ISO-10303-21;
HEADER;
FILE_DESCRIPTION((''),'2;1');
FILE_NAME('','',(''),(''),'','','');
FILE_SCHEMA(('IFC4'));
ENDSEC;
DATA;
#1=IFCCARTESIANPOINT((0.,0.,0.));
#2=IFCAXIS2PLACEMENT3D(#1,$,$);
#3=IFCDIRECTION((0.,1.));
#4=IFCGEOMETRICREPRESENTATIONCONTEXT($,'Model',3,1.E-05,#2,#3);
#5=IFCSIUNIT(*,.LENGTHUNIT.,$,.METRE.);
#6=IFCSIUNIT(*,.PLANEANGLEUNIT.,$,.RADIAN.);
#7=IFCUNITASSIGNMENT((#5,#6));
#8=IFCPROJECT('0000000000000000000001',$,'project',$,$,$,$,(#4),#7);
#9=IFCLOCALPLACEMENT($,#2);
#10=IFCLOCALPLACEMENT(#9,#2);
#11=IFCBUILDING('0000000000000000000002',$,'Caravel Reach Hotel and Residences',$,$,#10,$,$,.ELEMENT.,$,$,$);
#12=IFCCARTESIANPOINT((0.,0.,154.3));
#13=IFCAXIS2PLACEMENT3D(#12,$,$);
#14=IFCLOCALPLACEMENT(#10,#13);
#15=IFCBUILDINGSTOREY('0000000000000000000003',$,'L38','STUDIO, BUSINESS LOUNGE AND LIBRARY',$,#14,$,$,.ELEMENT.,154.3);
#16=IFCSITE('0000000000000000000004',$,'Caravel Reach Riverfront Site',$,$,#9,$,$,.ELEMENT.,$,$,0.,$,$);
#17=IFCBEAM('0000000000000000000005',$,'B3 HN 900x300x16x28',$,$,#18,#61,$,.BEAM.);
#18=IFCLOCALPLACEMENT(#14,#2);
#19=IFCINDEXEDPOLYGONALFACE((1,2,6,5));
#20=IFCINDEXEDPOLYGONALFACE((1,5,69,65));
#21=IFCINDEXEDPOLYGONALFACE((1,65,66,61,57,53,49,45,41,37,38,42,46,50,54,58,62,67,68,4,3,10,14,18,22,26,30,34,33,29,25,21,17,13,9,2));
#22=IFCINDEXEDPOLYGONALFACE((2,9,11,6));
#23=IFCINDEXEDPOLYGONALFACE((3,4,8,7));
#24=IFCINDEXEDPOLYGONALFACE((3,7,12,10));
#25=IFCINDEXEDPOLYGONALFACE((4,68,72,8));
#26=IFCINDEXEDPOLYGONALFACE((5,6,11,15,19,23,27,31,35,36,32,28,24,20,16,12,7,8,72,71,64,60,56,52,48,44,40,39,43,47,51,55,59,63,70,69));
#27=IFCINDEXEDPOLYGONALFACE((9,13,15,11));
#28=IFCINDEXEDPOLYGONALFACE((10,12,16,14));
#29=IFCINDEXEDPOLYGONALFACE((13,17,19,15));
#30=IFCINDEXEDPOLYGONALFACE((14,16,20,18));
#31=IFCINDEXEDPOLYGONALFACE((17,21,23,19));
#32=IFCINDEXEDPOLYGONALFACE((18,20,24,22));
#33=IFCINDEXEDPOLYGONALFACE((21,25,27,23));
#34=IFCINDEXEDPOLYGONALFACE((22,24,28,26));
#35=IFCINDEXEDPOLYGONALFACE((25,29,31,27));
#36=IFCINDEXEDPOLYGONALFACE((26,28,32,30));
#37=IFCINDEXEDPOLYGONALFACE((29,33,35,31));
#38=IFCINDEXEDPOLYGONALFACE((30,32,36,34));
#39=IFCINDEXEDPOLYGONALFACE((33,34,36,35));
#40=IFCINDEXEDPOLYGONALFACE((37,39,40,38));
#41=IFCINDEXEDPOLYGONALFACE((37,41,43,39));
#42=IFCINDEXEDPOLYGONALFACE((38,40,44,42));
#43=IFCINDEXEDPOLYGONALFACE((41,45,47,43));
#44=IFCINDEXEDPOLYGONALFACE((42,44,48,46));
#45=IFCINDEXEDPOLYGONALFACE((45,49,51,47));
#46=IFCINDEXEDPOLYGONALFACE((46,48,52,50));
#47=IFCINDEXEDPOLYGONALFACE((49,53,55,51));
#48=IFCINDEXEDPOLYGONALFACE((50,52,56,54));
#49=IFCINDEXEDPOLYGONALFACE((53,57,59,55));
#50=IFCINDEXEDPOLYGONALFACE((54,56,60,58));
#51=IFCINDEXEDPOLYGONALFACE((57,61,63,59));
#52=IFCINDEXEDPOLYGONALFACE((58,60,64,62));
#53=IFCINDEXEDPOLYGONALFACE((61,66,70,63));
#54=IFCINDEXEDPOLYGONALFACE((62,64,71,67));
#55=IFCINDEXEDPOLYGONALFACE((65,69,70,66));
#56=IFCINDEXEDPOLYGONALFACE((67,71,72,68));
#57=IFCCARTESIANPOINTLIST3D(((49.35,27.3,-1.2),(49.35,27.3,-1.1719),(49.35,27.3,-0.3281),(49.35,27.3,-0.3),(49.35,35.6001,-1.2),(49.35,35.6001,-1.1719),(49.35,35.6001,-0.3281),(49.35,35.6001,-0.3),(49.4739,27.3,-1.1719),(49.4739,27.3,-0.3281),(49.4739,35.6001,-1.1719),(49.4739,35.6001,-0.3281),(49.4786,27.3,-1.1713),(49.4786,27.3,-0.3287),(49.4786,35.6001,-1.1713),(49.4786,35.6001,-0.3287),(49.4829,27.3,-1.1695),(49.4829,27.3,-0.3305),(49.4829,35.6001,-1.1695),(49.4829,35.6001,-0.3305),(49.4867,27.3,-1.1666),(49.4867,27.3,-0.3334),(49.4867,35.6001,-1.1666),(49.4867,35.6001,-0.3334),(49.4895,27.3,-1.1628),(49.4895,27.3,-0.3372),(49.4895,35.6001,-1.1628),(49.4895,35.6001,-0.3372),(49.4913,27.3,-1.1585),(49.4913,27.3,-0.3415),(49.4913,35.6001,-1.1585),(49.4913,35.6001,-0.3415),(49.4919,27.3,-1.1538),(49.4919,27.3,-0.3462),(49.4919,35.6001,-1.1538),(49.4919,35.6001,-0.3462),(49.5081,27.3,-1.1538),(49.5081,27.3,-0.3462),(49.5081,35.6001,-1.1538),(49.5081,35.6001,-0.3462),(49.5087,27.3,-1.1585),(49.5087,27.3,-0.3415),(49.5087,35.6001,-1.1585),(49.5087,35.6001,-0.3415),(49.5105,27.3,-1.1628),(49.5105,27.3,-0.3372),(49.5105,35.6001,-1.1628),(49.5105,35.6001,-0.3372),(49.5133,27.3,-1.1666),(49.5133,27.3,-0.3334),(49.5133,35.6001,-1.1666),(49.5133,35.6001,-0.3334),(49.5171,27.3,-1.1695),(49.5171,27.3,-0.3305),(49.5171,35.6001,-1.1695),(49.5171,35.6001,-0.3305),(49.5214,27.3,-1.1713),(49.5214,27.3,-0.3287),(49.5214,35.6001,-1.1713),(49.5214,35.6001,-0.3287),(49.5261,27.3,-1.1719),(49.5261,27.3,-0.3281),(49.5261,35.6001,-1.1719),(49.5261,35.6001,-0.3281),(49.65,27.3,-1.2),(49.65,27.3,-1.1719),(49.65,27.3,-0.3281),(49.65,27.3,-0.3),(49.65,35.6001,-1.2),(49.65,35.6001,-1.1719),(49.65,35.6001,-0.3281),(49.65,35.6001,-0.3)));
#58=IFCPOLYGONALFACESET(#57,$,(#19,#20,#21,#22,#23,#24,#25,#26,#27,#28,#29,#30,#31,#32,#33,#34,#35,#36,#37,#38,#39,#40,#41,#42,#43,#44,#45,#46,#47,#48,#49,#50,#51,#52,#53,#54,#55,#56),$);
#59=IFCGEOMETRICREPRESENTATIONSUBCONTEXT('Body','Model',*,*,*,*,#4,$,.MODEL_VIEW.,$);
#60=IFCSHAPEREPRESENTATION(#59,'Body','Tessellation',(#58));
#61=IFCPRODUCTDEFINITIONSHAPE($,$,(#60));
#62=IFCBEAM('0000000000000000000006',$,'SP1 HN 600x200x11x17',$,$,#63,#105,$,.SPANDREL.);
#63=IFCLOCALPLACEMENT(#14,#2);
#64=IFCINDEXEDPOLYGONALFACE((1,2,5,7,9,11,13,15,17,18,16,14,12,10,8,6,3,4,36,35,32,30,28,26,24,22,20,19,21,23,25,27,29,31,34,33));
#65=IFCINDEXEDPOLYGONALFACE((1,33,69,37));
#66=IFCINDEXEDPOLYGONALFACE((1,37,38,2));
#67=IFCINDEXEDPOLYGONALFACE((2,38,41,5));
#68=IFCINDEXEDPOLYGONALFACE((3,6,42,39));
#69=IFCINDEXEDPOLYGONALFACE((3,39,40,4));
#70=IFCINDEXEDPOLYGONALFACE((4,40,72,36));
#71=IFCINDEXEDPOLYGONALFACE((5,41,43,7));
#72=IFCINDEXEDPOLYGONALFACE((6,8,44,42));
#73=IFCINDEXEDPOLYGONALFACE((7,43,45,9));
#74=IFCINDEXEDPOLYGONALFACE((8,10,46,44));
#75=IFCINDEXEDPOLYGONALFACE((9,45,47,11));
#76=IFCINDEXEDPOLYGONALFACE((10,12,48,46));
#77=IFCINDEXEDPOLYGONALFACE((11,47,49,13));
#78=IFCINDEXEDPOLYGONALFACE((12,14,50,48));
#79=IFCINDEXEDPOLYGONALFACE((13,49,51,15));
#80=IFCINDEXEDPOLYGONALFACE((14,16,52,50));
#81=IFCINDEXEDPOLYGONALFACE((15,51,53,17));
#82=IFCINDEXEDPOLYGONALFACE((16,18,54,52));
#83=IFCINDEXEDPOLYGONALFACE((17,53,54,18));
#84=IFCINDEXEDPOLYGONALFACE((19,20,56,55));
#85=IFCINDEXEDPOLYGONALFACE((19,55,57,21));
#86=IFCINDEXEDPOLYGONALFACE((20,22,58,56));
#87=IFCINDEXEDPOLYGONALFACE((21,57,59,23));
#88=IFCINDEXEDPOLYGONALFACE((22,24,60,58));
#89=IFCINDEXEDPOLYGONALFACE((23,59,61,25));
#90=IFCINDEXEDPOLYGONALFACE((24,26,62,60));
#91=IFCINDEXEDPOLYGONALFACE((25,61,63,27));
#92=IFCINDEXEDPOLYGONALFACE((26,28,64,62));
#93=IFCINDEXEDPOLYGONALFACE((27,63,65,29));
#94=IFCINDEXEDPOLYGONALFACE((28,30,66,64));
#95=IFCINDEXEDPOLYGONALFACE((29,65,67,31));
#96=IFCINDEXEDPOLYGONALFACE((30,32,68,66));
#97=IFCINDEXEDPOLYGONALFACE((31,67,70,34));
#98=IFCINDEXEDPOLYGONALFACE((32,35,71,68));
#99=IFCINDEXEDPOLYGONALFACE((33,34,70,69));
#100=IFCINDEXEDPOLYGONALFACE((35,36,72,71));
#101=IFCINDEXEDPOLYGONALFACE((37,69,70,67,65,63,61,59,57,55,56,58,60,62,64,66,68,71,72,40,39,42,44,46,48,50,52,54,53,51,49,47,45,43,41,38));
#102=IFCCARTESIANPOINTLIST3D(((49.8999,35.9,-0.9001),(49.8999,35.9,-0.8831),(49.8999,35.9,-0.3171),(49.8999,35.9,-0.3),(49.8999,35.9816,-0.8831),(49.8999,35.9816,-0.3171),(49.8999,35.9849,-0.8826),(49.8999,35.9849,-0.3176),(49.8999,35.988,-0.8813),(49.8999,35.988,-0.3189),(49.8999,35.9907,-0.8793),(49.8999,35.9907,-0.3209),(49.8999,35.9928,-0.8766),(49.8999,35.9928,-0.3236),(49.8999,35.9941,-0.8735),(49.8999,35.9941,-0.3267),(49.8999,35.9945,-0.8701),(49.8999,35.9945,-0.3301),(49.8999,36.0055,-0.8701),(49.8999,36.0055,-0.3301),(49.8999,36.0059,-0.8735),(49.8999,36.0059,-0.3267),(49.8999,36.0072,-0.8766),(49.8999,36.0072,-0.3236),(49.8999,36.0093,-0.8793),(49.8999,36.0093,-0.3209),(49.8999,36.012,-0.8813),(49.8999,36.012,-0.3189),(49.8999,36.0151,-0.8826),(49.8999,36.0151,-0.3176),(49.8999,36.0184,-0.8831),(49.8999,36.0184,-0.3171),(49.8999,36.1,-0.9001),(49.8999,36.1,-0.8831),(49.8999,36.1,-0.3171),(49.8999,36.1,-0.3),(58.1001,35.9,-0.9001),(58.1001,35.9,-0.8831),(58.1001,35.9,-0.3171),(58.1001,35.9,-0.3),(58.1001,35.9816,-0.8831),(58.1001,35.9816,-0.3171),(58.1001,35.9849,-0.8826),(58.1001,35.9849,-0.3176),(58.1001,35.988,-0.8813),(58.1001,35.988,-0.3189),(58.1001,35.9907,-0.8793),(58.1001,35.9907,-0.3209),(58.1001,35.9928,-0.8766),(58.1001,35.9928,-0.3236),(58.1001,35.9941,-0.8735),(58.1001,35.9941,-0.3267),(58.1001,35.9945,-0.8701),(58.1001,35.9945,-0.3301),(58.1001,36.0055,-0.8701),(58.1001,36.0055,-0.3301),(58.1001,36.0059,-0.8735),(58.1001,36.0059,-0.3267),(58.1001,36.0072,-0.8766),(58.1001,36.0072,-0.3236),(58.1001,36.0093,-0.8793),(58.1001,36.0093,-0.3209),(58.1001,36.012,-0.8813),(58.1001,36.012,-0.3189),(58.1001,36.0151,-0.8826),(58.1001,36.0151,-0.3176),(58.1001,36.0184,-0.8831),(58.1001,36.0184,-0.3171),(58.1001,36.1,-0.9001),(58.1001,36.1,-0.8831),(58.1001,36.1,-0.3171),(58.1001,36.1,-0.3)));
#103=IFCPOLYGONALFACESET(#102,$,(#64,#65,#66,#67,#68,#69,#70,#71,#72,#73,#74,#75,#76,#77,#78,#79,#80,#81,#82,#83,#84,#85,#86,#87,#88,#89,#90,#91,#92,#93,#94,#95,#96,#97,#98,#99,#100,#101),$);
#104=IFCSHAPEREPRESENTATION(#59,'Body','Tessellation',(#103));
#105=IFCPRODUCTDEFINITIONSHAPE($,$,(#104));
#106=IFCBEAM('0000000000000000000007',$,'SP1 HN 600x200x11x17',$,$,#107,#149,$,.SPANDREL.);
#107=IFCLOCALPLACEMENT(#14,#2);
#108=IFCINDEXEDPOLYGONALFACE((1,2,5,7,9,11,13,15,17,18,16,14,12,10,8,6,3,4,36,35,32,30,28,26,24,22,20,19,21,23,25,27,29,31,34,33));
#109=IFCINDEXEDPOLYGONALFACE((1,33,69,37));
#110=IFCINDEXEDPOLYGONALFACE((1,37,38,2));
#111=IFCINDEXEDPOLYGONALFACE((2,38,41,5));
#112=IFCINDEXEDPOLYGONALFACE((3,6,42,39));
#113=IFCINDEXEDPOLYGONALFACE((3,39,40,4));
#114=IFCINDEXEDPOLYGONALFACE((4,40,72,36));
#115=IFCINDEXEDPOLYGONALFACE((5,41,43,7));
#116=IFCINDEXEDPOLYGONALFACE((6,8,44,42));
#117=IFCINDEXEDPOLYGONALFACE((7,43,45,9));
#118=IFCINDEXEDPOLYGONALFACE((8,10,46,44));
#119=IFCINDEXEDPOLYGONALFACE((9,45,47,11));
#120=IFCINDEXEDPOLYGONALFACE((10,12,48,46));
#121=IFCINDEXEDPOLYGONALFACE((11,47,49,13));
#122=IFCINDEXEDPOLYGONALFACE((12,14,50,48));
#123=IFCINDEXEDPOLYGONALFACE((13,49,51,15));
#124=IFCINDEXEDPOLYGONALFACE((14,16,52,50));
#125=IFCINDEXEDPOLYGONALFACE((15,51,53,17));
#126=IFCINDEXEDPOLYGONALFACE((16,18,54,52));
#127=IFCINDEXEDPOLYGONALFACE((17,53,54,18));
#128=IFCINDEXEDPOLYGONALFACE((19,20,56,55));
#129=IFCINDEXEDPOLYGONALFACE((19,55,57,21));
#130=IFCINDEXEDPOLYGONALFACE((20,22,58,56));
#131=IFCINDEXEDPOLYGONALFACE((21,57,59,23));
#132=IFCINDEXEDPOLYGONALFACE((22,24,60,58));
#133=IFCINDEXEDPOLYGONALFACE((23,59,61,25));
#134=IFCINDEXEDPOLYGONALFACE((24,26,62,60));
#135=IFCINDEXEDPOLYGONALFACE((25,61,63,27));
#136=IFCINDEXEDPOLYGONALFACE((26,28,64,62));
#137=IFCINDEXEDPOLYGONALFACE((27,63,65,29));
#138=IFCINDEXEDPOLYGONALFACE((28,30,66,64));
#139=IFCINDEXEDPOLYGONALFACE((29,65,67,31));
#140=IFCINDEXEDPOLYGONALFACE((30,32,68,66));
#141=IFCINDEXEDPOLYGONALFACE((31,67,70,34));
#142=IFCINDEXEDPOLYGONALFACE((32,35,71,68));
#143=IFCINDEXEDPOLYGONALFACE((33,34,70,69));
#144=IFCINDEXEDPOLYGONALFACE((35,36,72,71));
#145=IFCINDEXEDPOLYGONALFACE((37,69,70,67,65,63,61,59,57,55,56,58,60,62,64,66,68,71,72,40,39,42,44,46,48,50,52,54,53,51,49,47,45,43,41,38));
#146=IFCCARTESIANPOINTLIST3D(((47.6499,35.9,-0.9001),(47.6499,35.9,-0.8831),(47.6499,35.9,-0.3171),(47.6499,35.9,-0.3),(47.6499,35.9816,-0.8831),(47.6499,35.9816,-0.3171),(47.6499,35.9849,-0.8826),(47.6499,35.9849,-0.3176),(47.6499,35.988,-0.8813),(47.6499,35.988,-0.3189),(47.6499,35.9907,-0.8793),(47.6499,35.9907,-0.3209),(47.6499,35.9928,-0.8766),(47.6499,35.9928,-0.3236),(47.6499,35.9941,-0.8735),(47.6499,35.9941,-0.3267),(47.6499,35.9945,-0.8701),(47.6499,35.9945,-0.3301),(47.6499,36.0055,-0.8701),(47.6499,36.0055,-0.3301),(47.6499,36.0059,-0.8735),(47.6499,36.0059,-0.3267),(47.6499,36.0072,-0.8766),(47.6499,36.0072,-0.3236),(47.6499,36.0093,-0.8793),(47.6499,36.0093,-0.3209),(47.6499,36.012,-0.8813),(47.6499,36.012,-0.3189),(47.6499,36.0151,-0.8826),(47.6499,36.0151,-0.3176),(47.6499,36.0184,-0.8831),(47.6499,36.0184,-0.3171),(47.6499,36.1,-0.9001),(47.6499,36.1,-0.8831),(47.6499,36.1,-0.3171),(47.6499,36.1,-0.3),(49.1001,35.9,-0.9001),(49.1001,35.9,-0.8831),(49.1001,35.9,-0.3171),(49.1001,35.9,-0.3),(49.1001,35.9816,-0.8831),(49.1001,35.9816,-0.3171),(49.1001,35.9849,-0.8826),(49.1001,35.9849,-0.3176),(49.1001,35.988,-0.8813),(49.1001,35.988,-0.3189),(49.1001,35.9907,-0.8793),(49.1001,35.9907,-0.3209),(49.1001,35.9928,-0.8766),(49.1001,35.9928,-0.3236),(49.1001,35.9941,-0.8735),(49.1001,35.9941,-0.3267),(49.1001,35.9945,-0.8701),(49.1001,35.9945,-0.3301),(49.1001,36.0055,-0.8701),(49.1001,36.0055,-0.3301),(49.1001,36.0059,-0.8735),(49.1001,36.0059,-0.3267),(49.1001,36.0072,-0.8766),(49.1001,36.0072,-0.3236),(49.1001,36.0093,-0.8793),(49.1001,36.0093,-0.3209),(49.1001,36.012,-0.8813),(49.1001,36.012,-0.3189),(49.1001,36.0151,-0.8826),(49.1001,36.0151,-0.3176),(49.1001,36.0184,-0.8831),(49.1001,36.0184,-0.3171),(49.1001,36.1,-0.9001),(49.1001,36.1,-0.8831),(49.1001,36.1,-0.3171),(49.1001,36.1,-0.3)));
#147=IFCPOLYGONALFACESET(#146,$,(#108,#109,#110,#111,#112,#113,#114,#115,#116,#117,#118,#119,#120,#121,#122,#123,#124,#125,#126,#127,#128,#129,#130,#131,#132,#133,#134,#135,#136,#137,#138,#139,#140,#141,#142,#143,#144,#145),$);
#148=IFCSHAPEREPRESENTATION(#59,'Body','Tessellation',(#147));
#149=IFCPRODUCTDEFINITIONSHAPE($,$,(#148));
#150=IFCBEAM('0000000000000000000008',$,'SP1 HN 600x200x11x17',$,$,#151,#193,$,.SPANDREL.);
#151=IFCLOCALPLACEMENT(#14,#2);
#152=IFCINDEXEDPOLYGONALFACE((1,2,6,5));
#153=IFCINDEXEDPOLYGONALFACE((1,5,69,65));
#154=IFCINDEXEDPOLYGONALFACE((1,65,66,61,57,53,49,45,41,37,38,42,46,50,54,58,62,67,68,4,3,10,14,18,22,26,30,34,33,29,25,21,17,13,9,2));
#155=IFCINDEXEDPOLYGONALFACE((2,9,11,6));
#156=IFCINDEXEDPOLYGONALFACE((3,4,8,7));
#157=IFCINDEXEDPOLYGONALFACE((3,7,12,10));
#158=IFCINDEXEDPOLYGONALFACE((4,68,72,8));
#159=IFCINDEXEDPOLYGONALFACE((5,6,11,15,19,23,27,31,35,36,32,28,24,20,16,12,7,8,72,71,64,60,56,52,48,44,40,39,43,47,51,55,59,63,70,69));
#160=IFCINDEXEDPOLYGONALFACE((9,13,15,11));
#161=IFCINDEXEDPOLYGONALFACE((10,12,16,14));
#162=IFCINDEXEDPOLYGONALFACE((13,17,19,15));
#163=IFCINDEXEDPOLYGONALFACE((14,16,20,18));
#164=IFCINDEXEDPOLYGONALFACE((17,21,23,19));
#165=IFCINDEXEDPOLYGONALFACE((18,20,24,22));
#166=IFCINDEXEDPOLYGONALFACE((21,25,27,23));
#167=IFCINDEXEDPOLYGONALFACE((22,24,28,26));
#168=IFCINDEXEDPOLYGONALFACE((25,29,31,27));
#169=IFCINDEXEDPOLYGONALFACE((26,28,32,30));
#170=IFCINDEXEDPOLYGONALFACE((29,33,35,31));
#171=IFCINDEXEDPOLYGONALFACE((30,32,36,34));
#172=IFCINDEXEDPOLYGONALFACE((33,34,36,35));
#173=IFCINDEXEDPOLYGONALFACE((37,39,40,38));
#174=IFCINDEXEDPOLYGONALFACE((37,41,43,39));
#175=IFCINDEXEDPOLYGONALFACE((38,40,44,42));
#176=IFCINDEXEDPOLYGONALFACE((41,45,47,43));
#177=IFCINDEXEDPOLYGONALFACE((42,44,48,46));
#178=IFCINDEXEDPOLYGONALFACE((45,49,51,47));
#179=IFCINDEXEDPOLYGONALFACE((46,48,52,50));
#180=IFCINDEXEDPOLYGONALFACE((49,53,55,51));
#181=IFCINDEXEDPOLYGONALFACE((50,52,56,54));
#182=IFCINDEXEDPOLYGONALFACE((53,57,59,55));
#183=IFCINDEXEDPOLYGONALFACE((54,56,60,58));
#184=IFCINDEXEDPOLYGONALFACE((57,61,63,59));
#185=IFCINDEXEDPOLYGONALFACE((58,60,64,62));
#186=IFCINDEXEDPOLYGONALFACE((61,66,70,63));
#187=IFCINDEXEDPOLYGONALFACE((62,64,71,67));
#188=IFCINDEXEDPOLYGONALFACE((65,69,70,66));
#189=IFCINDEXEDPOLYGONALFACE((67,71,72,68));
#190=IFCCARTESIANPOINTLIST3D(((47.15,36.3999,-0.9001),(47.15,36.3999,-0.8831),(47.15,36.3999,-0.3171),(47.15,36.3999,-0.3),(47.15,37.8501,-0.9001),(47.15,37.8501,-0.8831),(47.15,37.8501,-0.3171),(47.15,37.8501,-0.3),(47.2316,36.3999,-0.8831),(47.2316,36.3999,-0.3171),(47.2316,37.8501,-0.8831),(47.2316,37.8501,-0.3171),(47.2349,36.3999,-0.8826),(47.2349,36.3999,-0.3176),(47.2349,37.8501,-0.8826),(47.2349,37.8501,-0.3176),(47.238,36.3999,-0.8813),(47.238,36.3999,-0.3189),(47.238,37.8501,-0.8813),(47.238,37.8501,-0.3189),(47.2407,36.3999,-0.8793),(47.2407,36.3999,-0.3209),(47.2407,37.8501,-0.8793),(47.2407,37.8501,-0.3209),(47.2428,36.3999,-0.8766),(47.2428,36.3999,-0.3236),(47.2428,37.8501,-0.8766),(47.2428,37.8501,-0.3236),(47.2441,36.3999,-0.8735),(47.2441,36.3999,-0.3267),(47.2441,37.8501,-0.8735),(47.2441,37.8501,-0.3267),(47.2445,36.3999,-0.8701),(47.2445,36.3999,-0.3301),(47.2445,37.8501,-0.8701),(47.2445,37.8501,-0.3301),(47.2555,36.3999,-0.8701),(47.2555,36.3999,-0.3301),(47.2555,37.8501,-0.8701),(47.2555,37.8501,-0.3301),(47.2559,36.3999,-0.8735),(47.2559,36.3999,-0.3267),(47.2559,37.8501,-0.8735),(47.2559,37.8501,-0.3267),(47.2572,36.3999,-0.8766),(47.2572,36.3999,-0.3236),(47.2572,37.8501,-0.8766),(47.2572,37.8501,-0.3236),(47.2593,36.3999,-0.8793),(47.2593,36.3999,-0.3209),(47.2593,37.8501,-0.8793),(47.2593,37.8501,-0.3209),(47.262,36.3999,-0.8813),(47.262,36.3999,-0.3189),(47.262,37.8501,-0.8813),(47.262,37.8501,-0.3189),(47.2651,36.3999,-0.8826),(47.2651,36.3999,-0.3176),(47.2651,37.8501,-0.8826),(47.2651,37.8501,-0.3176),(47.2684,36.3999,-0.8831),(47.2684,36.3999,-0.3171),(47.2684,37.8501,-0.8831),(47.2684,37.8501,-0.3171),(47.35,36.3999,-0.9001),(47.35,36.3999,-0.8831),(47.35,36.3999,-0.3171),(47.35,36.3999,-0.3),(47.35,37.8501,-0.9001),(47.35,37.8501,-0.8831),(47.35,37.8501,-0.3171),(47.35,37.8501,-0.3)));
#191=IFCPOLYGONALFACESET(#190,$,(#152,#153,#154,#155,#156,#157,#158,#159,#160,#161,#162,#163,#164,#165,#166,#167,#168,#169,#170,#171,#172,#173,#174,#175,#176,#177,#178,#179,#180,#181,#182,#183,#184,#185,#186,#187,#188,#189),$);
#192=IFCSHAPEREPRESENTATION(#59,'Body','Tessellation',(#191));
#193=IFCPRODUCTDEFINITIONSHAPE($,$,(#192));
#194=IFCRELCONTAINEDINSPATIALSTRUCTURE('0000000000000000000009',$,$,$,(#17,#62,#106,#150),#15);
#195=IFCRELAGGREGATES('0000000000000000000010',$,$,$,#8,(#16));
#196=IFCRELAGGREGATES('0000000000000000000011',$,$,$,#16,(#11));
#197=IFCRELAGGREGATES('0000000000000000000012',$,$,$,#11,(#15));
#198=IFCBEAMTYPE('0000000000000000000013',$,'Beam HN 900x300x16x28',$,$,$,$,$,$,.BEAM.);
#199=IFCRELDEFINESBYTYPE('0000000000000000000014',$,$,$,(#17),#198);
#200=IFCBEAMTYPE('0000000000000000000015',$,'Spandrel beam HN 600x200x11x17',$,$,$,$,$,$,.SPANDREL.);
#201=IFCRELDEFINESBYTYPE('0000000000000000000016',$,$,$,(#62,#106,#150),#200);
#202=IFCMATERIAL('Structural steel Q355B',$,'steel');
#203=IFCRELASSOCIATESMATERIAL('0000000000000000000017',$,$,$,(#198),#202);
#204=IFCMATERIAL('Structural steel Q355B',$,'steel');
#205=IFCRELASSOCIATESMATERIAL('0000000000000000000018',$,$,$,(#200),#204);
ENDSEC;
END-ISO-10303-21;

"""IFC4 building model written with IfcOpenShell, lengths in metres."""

from ifc_helpers import new_model, si_unit, direction, frame, origin, origin_2d, place, context, subcontext, project, spatial, i_section, extrude, material, material_profile, profile_set, type_object, element, save


model = new_model("IFC4")

# Units and contexts
model_context = context("Model", 3, precision=1e-05, world=origin(), true_north=direction((0.0, 1.0)))
body_context = subcontext(model_context, "Body", "Model", "MODEL_VIEW")
ifc_project = project(units=[si_unit("LENGTHUNIT", "METRE"), si_unit("PLANEANGLEUNIT", "RADIAN")], contexts=[model_context])

# Site, building, storey
site_placement = place(None, origin())
site = spatial("IfcSite", under=ifc_project, at=site_placement, Name="Caravel Reach Riverfront Site", CompositionType="ELEMENT", RefElevation=0.0)
building_placement = place(site_placement, origin())
building = spatial("IfcBuilding", under=site, at=building_placement, Name="Caravel Reach Hotel and Residences", CompositionType="ELEMENT")
storey_placement = place(building_placement, frame((0.0, 0.0, 154.3)))
storey = spatial("IfcBuildingStorey", under=building, at=storey_placement, Name="L38", Description="STUDIO, BUSINESS LOUNGE AND LIBRARY", CompositionType="ELEMENT", Elevation=154.3)

# Beams
ifc_material_1 = material(Name="Structural steel Q355B", Category="steel")
ifc_material_profile_1 = material_profile(ifc_material_1, i_section(OverallWidth=0.3, OverallDepth=0.8999, WebThickness=0.0161, FlangeThickness=0.0281, FilletRadius=0.0181, at=origin_2d()), Name="HN 900x300x16x28")
ifc_profile_set_1 = profile_set([ifc_material_profile_1], Name="Structural steel Q355B")
beam_type_1 = type_object("IfcBeamType", Name="Beam HN 900x300x16x28", PredefinedType="BEAM", material=ifc_profile_set_1)
beam_1_placement = place(storey_placement, frame((49.5, 27.3, -0.75), z_axis=(0.0, 1.0, 0.0), x_axis=(-1.0, 0.0, 0.0)))
element("IfcBeam", 1, at=beam_1_placement, inside=storey, type_object=beam_type_1, Name="B3 HN 900x300x16x28", PredefinedType="BEAM", context=body_context, shape_type="SweptSolid", body=[
    extrude(i_section(OverallWidth=0.3, OverallDepth=0.8999, WebThickness=0.0161, FlangeThickness=0.0281, FilletRadius=0.0181, at=origin_2d()), origin(), (0.0, 0.0, 1.0), 8.3),
])
ifc_material_2 = material(Name="Structural steel Q355B", Category="steel")
ifc_material_profile_2 = material_profile(ifc_material_2, i_section(OverallWidth=0.2, OverallDepth=0.6001, WebThickness=0.011, FlangeThickness=0.0171, FilletRadius=0.0129, at=origin_2d()), Name="HN 600x200x11x17")
ifc_profile_set_2 = profile_set([ifc_material_profile_2], Name="Structural steel Q355B")
beam_type_2 = type_object("IfcBeamType", Name="Spandrel beam HN 600x200x11x17", PredefinedType="SPANDREL", material=ifc_profile_set_2)
beam_2_placement = place(storey_placement, frame((58.1001, 36.0, -0.6001), z_axis=(-1.0, 0.0, 0.0), x_axis=(0.0, -1.0, 0.0)))
element("IfcBeam", 2, at=beam_2_placement, inside=storey, type_object=beam_type_2, Name="SP1 HN 600x200x11x17", PredefinedType="SPANDREL", context=body_context, shape_type="SweptSolid", body=[
    extrude(i_section(OverallWidth=0.2, OverallDepth=0.6001, WebThickness=0.011, FlangeThickness=0.0171, FilletRadius=0.0129, at=origin_2d()), origin(), (0.0, 0.0, 1.0), 8.2002),
])
for number, where, z_axis, x_axis, name in (
    (3, (49.1001, 36.0, -0.6001), (-1.0, 0.0, 0.0), (0.0, -1.0, 0.0), "SP1 HN 600x200x11x17"),
    (4, (47.25, 36.3999, -0.6001), (0.0, 1.0, 0.0), (-1.0, 0.0, 0.0), "SP1 HN 600x200x11x17"),
):
    element("IfcBeam", number, at=place(storey_placement, frame(where, z_axis=z_axis, x_axis=x_axis)), inside=storey, type_object=beam_type_2, Name=name, PredefinedType="SPANDREL", context=body_context, shape_type="SweptSolid", body=[
        extrude(i_section(OverallWidth=0.2, OverallDepth=0.6001, WebThickness=0.011, FlangeThickness=0.0171, FilletRadius=0.0129, at=origin_2d()), origin(), (0.0, 0.0, 1.0), 1.4502),
    ])

save(model, "model.ifc")
